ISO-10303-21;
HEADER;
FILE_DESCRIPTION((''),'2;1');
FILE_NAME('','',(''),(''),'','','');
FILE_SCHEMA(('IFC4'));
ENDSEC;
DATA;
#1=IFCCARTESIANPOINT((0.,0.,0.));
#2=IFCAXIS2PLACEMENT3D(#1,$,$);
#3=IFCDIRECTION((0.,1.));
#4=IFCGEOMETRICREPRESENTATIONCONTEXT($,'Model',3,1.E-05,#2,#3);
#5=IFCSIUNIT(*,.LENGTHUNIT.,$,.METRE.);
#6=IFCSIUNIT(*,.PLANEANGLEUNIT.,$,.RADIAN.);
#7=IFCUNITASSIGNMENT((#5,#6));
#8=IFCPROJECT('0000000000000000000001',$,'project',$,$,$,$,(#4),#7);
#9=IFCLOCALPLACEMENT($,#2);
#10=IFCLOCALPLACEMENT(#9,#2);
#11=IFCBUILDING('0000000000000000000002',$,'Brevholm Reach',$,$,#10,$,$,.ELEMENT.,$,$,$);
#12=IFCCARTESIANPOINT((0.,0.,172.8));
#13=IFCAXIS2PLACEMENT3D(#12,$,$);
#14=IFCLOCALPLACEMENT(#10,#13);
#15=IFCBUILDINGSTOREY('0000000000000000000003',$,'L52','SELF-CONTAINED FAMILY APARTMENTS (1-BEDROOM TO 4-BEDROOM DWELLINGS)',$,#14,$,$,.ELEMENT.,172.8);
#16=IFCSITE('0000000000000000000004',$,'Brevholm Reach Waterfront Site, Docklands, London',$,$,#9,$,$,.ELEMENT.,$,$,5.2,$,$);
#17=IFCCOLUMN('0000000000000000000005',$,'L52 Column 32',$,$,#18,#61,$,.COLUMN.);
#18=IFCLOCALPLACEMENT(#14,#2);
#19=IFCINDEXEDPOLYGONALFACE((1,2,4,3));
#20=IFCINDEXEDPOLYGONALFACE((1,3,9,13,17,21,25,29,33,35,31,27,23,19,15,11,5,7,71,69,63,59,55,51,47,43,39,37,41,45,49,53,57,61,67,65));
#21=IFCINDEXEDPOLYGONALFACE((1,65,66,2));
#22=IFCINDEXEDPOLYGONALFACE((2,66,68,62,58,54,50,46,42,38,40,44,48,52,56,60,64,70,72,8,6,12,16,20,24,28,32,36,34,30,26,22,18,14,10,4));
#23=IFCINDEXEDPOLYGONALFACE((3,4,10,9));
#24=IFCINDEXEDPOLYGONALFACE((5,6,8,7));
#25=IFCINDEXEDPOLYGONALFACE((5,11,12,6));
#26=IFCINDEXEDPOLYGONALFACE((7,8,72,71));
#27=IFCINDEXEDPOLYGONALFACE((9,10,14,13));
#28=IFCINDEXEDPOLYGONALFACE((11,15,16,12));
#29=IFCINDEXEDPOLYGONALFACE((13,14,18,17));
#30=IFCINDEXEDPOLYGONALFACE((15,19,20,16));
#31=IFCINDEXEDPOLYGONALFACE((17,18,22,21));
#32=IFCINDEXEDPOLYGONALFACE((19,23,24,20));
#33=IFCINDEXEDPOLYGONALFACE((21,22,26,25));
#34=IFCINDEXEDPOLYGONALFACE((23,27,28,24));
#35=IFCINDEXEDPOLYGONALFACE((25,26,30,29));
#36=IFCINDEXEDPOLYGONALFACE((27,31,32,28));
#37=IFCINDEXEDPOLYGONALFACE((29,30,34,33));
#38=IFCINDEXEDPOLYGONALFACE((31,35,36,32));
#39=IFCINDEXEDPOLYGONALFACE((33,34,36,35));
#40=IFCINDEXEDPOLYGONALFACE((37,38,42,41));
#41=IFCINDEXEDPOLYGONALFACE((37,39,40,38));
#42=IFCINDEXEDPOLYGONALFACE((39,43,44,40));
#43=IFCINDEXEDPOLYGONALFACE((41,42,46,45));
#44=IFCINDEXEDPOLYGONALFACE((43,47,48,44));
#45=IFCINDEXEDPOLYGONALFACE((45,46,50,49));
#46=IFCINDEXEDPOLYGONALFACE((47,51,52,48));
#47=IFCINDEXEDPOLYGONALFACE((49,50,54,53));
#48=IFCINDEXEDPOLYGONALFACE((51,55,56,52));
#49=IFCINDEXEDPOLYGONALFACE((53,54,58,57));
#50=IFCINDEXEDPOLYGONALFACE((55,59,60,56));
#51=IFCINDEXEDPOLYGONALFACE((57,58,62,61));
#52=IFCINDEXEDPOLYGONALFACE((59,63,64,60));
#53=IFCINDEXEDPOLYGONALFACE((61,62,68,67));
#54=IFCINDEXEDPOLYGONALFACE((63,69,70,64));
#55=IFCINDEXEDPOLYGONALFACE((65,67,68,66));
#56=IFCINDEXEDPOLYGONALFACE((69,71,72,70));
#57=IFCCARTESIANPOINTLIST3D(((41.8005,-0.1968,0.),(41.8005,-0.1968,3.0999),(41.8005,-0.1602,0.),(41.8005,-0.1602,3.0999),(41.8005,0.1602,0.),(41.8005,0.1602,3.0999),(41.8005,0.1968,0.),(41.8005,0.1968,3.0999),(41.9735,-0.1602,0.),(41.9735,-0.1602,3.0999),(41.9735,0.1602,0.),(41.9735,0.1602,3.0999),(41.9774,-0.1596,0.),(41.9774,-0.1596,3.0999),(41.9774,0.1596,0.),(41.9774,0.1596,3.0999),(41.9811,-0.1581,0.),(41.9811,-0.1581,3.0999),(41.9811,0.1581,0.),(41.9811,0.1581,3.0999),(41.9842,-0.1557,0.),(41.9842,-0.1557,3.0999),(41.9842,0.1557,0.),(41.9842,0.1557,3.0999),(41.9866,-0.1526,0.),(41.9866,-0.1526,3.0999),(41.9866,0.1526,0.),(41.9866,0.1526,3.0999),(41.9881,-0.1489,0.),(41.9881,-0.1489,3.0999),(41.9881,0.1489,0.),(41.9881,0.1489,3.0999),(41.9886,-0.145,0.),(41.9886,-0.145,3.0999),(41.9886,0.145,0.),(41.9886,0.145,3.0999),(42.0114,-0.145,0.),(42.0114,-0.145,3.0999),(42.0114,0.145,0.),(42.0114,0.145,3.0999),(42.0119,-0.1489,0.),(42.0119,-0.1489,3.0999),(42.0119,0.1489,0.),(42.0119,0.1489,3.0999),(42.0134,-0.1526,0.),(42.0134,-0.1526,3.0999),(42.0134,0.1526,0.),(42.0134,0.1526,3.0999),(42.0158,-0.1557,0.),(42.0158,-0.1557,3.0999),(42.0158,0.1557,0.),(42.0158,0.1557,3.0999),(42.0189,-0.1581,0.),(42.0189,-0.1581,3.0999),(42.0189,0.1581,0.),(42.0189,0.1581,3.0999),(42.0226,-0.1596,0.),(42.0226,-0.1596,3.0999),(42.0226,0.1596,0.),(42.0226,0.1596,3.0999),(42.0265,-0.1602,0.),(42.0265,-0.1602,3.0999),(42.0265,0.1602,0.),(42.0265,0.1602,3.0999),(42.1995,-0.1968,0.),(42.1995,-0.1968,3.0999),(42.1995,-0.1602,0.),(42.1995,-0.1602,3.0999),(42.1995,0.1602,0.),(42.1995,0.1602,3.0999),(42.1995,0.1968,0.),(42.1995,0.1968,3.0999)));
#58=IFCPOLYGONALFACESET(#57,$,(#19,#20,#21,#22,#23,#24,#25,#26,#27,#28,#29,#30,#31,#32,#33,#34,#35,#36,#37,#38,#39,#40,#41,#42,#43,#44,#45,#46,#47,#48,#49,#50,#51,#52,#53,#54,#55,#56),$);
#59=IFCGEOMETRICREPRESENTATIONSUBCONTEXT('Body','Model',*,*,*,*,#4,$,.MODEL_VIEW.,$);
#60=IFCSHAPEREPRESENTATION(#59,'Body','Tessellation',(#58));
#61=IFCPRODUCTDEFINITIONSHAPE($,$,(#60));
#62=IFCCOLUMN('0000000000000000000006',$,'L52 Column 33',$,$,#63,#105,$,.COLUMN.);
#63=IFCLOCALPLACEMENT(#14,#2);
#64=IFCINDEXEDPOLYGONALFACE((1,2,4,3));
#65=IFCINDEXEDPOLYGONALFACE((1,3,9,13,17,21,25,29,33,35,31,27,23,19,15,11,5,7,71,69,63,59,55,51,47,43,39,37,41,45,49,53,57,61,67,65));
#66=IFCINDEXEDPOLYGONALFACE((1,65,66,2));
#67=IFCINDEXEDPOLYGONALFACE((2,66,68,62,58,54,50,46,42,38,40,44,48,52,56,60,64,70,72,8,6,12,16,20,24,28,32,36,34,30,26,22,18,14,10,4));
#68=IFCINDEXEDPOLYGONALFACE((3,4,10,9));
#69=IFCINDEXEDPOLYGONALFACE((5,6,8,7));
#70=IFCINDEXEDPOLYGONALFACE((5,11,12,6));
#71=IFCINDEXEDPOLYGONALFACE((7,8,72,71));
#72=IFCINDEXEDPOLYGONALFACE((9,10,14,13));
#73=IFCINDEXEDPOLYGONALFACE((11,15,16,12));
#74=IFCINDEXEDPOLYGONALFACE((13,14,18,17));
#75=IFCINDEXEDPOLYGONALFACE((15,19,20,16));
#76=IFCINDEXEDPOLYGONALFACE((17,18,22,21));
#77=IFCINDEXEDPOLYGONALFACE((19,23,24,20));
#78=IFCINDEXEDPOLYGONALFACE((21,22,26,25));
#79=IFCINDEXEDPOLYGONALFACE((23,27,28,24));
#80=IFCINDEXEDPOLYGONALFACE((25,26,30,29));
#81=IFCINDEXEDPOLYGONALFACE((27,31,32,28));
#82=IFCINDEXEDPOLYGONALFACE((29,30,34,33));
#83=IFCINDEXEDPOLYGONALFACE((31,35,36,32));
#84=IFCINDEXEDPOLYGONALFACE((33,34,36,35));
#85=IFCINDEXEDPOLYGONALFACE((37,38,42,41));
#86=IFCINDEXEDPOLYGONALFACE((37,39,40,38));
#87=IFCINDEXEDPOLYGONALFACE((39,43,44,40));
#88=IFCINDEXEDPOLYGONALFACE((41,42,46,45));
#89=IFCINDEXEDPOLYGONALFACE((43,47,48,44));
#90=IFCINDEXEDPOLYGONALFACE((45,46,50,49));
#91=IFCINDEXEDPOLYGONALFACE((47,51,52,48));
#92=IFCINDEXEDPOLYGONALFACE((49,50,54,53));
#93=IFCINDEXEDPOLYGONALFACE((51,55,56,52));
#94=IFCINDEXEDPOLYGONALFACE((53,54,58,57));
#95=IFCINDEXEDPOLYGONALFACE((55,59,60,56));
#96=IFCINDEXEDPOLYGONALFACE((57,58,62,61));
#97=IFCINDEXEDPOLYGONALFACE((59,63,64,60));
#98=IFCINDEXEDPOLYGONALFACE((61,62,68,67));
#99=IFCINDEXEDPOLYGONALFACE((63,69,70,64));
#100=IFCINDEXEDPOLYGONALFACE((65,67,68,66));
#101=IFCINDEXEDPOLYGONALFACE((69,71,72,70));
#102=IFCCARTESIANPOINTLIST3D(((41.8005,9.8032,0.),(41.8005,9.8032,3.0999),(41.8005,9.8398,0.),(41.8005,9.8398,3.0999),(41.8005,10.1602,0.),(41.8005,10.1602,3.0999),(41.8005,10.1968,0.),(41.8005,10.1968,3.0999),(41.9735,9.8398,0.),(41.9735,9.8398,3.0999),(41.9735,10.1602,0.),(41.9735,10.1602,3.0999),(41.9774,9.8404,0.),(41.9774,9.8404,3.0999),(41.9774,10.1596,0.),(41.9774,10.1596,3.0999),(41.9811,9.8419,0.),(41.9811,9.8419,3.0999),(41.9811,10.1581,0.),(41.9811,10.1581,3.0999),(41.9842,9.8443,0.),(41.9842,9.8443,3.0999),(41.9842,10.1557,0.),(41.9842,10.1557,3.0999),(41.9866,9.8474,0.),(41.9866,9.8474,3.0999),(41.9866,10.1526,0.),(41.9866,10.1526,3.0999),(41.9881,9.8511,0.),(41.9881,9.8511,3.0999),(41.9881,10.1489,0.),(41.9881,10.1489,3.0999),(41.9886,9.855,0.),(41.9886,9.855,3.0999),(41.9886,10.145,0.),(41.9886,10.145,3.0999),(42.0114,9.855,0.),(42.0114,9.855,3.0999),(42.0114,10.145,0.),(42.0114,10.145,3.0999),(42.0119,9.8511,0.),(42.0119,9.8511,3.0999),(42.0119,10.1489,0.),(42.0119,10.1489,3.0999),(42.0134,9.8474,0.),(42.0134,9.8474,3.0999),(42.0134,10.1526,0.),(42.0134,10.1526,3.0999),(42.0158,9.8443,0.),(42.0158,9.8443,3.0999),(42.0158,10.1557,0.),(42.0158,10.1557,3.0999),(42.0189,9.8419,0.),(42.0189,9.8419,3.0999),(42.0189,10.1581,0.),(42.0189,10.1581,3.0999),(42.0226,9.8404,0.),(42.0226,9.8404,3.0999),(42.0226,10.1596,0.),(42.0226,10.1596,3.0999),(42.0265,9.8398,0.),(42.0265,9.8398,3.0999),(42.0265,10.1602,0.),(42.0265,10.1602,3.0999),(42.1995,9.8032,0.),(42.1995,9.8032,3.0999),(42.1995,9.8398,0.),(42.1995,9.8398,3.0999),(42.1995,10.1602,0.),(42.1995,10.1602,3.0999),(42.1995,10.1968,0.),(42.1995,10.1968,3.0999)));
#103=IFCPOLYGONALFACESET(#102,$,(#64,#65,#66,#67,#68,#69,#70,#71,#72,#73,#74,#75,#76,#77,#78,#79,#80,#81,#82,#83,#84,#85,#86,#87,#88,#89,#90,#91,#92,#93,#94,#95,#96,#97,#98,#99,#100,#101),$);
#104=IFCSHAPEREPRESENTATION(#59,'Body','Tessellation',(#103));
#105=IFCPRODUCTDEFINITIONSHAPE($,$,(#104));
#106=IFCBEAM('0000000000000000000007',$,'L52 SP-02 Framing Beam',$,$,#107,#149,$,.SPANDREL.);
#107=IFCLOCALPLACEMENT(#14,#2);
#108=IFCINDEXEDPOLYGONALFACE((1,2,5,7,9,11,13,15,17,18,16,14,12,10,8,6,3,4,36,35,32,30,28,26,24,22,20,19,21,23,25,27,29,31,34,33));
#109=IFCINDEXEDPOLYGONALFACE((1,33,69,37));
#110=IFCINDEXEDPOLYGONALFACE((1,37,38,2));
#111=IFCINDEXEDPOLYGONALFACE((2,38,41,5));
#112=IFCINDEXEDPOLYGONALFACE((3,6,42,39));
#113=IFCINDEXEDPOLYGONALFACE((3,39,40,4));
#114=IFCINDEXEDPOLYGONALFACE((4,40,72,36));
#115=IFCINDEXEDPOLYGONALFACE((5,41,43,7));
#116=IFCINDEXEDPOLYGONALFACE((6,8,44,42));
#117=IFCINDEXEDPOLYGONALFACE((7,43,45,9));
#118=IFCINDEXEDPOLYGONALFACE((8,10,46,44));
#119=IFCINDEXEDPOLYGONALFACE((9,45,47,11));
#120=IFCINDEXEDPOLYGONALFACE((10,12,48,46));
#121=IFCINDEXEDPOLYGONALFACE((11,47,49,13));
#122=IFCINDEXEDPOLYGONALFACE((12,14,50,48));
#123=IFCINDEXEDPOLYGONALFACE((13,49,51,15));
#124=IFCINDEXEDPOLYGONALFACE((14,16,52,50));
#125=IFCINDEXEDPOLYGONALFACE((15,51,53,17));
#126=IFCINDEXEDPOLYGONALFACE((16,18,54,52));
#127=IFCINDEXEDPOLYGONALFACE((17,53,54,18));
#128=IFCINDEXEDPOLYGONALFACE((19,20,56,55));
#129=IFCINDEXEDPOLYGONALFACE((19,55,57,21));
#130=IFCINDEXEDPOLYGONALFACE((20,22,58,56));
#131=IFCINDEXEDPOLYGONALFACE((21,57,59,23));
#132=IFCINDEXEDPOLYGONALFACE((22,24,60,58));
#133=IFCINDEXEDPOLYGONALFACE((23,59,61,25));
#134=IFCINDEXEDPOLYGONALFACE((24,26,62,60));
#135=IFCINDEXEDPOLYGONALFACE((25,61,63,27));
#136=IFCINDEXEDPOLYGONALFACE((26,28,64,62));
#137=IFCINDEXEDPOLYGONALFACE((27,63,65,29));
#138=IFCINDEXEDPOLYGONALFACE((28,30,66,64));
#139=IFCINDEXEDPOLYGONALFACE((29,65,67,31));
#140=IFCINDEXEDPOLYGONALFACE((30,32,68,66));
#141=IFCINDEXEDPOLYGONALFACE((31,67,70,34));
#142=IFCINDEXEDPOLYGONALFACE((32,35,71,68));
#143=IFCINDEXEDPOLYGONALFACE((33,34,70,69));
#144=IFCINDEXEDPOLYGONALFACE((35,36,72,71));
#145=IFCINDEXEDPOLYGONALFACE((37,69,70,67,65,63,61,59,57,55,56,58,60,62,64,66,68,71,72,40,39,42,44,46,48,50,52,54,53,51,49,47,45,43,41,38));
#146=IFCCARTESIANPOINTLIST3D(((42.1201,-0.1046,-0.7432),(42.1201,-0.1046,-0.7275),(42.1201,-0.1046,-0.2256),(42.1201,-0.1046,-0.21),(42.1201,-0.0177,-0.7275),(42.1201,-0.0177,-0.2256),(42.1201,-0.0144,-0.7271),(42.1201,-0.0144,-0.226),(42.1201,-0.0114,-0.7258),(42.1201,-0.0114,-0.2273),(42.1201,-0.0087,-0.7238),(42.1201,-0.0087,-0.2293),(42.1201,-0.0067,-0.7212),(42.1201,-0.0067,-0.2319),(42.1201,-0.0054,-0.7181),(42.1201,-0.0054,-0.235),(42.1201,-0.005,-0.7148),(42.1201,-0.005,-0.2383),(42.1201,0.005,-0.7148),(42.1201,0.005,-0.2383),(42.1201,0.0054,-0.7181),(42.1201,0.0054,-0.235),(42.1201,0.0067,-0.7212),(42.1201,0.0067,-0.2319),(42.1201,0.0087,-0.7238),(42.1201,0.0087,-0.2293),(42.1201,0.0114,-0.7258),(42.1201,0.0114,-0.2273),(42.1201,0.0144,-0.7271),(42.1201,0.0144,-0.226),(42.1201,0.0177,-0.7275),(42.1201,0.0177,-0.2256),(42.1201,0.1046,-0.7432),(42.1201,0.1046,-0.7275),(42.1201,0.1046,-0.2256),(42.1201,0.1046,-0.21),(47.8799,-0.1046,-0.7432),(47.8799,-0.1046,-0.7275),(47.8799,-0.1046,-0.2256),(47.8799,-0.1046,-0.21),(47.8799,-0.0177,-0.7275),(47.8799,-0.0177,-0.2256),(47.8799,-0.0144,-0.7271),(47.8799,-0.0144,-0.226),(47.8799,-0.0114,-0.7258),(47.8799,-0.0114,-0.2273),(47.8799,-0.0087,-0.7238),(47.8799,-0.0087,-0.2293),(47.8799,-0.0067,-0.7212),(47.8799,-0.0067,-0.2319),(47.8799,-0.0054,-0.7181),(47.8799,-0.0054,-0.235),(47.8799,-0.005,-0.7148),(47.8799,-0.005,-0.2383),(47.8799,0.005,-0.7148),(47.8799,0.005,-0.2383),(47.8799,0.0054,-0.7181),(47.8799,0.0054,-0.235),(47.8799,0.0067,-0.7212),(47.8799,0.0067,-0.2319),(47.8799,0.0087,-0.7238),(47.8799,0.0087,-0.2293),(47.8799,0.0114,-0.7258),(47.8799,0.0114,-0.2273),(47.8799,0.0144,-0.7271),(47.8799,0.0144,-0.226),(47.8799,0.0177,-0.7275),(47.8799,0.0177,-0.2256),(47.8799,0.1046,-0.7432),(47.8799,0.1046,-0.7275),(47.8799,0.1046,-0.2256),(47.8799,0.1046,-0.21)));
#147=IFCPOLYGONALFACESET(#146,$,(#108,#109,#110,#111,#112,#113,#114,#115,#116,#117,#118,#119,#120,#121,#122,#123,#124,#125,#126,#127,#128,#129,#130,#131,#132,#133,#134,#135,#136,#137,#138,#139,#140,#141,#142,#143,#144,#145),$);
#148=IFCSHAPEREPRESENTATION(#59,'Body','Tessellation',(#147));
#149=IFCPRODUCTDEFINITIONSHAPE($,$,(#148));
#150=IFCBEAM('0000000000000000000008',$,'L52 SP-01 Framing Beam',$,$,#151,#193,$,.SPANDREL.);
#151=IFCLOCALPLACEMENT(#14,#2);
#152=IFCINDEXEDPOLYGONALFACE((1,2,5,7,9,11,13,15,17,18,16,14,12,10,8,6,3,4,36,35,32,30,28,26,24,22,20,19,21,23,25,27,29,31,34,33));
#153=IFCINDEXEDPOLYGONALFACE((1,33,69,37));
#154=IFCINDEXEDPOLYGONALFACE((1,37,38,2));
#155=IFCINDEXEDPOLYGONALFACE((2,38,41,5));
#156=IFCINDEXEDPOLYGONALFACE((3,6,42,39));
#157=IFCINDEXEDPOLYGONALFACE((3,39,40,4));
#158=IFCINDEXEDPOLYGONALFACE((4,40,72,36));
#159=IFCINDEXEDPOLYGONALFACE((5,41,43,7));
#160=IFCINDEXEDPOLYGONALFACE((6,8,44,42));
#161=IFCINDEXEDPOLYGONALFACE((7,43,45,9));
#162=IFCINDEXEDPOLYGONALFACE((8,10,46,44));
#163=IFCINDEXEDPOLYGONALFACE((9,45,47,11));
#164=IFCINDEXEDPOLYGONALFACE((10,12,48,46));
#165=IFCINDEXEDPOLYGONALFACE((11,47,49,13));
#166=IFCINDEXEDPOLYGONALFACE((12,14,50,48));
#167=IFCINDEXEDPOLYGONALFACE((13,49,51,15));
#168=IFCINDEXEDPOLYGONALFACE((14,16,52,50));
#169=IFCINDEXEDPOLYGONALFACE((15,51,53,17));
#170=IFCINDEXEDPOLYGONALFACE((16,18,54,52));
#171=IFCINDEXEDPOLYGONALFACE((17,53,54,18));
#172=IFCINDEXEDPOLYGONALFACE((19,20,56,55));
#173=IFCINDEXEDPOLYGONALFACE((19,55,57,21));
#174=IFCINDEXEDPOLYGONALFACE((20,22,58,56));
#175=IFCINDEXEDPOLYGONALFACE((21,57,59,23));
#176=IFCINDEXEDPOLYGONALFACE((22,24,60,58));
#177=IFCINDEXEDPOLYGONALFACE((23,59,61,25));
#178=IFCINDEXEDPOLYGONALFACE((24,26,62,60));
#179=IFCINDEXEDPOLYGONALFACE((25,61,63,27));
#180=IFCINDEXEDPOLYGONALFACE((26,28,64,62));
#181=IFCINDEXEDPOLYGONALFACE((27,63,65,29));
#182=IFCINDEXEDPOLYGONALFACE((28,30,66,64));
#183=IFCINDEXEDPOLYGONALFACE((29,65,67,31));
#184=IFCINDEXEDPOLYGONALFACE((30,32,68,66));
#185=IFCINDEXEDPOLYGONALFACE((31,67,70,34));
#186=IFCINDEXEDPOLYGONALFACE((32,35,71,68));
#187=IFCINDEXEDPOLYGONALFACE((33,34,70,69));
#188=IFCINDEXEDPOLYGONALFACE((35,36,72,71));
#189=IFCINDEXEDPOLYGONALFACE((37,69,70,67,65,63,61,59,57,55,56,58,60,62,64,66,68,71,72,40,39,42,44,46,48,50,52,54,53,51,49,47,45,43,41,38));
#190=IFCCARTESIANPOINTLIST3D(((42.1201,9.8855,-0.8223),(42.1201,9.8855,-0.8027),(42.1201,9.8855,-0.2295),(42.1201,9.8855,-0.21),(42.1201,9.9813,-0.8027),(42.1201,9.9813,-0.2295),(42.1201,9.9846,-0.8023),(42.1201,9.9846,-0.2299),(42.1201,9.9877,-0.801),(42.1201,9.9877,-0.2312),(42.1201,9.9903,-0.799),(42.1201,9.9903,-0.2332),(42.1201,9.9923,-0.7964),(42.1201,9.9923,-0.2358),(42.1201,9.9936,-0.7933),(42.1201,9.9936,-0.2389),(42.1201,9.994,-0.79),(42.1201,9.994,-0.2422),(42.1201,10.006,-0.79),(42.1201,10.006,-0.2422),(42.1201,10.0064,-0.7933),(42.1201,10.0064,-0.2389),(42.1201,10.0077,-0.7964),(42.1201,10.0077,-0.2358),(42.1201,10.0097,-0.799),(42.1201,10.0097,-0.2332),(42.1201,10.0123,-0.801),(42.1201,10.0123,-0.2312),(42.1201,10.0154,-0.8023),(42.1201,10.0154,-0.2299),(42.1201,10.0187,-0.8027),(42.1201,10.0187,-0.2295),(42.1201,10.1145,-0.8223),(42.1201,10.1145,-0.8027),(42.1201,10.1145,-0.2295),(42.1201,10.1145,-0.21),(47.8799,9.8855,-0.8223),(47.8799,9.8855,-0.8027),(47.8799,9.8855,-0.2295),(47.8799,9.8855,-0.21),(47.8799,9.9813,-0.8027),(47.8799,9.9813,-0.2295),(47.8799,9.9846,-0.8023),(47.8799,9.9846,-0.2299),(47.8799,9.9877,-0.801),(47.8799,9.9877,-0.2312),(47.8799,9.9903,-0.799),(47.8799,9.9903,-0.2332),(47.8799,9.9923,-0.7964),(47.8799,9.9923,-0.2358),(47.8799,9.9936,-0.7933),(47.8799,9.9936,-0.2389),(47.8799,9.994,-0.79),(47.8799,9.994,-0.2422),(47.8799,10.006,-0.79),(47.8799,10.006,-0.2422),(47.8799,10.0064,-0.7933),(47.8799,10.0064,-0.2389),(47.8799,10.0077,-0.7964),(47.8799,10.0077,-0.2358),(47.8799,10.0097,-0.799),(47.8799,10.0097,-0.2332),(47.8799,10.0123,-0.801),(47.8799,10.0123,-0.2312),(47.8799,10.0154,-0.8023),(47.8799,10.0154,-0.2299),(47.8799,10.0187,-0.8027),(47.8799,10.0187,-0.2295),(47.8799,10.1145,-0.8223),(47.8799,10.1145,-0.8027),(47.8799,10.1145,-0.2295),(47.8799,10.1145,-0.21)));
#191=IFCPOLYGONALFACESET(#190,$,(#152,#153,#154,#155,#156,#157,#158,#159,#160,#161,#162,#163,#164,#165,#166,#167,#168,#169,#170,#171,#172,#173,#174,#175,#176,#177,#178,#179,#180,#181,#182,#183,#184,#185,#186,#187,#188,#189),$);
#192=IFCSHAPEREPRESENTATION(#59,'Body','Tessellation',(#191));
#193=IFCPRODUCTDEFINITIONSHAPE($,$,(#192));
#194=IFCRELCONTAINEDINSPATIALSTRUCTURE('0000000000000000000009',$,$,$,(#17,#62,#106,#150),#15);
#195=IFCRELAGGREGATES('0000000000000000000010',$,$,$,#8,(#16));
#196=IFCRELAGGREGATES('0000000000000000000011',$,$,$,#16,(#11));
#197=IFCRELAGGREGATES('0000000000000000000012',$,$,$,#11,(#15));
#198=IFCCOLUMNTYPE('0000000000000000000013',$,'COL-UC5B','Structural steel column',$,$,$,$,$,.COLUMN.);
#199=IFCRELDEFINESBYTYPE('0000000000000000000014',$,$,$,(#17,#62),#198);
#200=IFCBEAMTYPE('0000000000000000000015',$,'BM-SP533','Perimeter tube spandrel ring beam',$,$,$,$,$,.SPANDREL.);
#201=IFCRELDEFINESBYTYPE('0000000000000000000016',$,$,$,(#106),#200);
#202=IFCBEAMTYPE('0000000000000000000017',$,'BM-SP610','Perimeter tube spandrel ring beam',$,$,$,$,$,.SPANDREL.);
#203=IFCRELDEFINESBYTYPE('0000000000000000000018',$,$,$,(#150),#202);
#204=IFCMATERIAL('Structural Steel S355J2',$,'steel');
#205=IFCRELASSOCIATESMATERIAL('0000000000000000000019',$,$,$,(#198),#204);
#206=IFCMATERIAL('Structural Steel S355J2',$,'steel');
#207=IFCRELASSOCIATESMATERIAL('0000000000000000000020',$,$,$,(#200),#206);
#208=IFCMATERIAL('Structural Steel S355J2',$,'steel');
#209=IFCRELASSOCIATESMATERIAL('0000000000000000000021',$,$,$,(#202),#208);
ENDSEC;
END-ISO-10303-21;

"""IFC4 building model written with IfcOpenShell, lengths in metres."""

from ifc_helpers import new_model, si_unit, direction, frame, origin, origin_2d, place, context, subcontext, project, spatial, i_section, extrude, material, material_profile, profile_set, type_object, element, save


model = new_model("IFC4")

# Units and contexts
model_context = context("Model", 3, precision=1e-05, world=origin(), true_north=direction((0.0, 1.0)))
body_context = subcontext(model_context, "Body", "Model", "MODEL_VIEW")
ifc_project = project(units=[si_unit("LENGTHUNIT", "METRE"), si_unit("PLANEANGLEUNIT", "RADIAN")], contexts=[model_context])

# Site, building, storey
site_placement = place(None, origin())
site = spatial("IfcSite", under=ifc_project, at=site_placement, Name="Brevholm Reach Waterfront Site, Docklands, London", CompositionType="ELEMENT", RefElevation=5.2)
building_placement = place(site_placement, origin())
building = spatial("IfcBuilding", under=site, at=building_placement, Name="Brevholm Reach", CompositionType="ELEMENT")
storey_placement = place(building_placement, frame((0.0, 0.0, 172.8)))
storey = spatial("IfcBuildingStorey", under=building, at=storey_placement, Name="L52", Description="SELF-CONTAINED FAMILY APARTMENTS (1-BEDROOM TO 4-BEDROOM DWELLINGS)", CompositionType="ELEMENT", Elevation=172.8)

# Columns
ifc_material_1 = material(Name="Structural Steel S355J2", Category="steel")
ifc_material_profile_1 = material_profile(ifc_material_1, i_section(OverallWidth=0.3989, OverallDepth=0.3936, WebThickness=0.0227, FlangeThickness=0.0366, FilletRadius=0.0151, at=origin_2d()), Name="UKC 356x406x287")
ifc_profile_set_1 = profile_set([ifc_material_profile_1], Name="Structural Steel S355J2")
column_type = type_object("IfcColumnType", Name="COL-UC5B", Description="Structural steel column", PredefinedType="COLUMN", material=ifc_profile_set_1)
for number, where, z_axis, x_axis, name in (
    (1, (42.0, 0.0, 0.0), (0.0, 0.0, 1.0), (1.0, 0.0, 0.0), "L52 Column 32"),
    (2, (42.0, 10.0, 0.0), (0.0, 0.0, 1.0), (1.0, 0.0, 0.0), "L52 Column 33"),
):
    element("IfcColumn", number, at=place(storey_placement, frame(where, z_axis=z_axis, x_axis=x_axis)), inside=storey, type_object=column_type, Name=name, PredefinedType="COLUMN", context=body_context, shape_type="SweptSolid", body=[
        extrude(i_section(OverallWidth=0.3989, OverallDepth=0.3936, WebThickness=0.0227, FlangeThickness=0.0366, FilletRadius=0.0151, at=origin_2d()), origin(), (0.0, 0.0, 1.0), 3.0999),
    ])

# Beams
ifc_material_2 = material(Name="Structural Steel S355J2", Category="steel")
ifc_material_profile_2 = material_profile(ifc_material_2, i_section(OverallWidth=0.2092, OverallDepth=0.5332, WebThickness=0.01, FlangeThickness=0.0156, FilletRadius=0.0127, at=origin_2d()), Name="UKB 533x210x92")
ifc_profile_set_2 = profile_set([ifc_material_profile_2], Name="Structural Steel S355J2")
beam_type_1 = type_object("IfcBeamType", Name="BM-SP533", Description="Perimeter tube spandrel ring beam", PredefinedType="SPANDREL", material=ifc_profile_set_2)
beam_1_placement = place(storey_placement, frame((42.1201, 0.0, -0.4766), z_axis=(1.0, 0.0, 0.0), x_axis=(0.0, 1.0, 0.0)))
element("IfcBeam", 3, at=beam_1_placement, inside=storey, type_object=beam_type_1, Name="L52 SP-02 Framing Beam", PredefinedType="SPANDREL", context=body_context, shape_type="SweptSolid", body=[
    extrude(i_section(OverallWidth=0.2092, OverallDepth=0.5332, WebThickness=0.01, FlangeThickness=0.0156, FilletRadius=0.0127, at=origin_2d()), origin(), (0.0, 0.0, 1.0), 5.7598),
])
ifc_material_3 = material(Name="Structural Steel S355J2", Category="steel")
ifc_material_profile_3 = material_profile(ifc_material_3, i_section(OverallWidth=0.229, OverallDepth=0.6123, WebThickness=0.012, FlangeThickness=0.0195, FilletRadius=0.0127, at=origin_2d()), Name="UKB 610x229x125")
ifc_profile_set_3 = profile_set([ifc_material_profile_3], Name="Structural Steel S355J2")
beam_type_2 = type_object("IfcBeamType", Name="BM-SP610", Description="Perimeter tube spandrel ring beam", PredefinedType="SPANDREL", material=ifc_profile_set_3)
beam_2_placement = place(storey_placement, frame((42.1201, 10.0, -0.5161), z_axis=(1.0, 0.0, 0.0), x_axis=(0.0, 1.0, 0.0)))
element("IfcBeam", 4, at=beam_2_placement, inside=storey, type_object=beam_type_2, Name="L52 SP-01 Framing Beam", PredefinedType="SPANDREL", context=body_context, shape_type="SweptSolid", body=[
    extrude(i_section(OverallWidth=0.229, OverallDepth=0.6123, WebThickness=0.012, FlangeThickness=0.0195, FilletRadius=0.0127, at=origin_2d()), origin(), (0.0, 0.0, 1.0), 5.7598),
])

save(model, "model.ifc")
